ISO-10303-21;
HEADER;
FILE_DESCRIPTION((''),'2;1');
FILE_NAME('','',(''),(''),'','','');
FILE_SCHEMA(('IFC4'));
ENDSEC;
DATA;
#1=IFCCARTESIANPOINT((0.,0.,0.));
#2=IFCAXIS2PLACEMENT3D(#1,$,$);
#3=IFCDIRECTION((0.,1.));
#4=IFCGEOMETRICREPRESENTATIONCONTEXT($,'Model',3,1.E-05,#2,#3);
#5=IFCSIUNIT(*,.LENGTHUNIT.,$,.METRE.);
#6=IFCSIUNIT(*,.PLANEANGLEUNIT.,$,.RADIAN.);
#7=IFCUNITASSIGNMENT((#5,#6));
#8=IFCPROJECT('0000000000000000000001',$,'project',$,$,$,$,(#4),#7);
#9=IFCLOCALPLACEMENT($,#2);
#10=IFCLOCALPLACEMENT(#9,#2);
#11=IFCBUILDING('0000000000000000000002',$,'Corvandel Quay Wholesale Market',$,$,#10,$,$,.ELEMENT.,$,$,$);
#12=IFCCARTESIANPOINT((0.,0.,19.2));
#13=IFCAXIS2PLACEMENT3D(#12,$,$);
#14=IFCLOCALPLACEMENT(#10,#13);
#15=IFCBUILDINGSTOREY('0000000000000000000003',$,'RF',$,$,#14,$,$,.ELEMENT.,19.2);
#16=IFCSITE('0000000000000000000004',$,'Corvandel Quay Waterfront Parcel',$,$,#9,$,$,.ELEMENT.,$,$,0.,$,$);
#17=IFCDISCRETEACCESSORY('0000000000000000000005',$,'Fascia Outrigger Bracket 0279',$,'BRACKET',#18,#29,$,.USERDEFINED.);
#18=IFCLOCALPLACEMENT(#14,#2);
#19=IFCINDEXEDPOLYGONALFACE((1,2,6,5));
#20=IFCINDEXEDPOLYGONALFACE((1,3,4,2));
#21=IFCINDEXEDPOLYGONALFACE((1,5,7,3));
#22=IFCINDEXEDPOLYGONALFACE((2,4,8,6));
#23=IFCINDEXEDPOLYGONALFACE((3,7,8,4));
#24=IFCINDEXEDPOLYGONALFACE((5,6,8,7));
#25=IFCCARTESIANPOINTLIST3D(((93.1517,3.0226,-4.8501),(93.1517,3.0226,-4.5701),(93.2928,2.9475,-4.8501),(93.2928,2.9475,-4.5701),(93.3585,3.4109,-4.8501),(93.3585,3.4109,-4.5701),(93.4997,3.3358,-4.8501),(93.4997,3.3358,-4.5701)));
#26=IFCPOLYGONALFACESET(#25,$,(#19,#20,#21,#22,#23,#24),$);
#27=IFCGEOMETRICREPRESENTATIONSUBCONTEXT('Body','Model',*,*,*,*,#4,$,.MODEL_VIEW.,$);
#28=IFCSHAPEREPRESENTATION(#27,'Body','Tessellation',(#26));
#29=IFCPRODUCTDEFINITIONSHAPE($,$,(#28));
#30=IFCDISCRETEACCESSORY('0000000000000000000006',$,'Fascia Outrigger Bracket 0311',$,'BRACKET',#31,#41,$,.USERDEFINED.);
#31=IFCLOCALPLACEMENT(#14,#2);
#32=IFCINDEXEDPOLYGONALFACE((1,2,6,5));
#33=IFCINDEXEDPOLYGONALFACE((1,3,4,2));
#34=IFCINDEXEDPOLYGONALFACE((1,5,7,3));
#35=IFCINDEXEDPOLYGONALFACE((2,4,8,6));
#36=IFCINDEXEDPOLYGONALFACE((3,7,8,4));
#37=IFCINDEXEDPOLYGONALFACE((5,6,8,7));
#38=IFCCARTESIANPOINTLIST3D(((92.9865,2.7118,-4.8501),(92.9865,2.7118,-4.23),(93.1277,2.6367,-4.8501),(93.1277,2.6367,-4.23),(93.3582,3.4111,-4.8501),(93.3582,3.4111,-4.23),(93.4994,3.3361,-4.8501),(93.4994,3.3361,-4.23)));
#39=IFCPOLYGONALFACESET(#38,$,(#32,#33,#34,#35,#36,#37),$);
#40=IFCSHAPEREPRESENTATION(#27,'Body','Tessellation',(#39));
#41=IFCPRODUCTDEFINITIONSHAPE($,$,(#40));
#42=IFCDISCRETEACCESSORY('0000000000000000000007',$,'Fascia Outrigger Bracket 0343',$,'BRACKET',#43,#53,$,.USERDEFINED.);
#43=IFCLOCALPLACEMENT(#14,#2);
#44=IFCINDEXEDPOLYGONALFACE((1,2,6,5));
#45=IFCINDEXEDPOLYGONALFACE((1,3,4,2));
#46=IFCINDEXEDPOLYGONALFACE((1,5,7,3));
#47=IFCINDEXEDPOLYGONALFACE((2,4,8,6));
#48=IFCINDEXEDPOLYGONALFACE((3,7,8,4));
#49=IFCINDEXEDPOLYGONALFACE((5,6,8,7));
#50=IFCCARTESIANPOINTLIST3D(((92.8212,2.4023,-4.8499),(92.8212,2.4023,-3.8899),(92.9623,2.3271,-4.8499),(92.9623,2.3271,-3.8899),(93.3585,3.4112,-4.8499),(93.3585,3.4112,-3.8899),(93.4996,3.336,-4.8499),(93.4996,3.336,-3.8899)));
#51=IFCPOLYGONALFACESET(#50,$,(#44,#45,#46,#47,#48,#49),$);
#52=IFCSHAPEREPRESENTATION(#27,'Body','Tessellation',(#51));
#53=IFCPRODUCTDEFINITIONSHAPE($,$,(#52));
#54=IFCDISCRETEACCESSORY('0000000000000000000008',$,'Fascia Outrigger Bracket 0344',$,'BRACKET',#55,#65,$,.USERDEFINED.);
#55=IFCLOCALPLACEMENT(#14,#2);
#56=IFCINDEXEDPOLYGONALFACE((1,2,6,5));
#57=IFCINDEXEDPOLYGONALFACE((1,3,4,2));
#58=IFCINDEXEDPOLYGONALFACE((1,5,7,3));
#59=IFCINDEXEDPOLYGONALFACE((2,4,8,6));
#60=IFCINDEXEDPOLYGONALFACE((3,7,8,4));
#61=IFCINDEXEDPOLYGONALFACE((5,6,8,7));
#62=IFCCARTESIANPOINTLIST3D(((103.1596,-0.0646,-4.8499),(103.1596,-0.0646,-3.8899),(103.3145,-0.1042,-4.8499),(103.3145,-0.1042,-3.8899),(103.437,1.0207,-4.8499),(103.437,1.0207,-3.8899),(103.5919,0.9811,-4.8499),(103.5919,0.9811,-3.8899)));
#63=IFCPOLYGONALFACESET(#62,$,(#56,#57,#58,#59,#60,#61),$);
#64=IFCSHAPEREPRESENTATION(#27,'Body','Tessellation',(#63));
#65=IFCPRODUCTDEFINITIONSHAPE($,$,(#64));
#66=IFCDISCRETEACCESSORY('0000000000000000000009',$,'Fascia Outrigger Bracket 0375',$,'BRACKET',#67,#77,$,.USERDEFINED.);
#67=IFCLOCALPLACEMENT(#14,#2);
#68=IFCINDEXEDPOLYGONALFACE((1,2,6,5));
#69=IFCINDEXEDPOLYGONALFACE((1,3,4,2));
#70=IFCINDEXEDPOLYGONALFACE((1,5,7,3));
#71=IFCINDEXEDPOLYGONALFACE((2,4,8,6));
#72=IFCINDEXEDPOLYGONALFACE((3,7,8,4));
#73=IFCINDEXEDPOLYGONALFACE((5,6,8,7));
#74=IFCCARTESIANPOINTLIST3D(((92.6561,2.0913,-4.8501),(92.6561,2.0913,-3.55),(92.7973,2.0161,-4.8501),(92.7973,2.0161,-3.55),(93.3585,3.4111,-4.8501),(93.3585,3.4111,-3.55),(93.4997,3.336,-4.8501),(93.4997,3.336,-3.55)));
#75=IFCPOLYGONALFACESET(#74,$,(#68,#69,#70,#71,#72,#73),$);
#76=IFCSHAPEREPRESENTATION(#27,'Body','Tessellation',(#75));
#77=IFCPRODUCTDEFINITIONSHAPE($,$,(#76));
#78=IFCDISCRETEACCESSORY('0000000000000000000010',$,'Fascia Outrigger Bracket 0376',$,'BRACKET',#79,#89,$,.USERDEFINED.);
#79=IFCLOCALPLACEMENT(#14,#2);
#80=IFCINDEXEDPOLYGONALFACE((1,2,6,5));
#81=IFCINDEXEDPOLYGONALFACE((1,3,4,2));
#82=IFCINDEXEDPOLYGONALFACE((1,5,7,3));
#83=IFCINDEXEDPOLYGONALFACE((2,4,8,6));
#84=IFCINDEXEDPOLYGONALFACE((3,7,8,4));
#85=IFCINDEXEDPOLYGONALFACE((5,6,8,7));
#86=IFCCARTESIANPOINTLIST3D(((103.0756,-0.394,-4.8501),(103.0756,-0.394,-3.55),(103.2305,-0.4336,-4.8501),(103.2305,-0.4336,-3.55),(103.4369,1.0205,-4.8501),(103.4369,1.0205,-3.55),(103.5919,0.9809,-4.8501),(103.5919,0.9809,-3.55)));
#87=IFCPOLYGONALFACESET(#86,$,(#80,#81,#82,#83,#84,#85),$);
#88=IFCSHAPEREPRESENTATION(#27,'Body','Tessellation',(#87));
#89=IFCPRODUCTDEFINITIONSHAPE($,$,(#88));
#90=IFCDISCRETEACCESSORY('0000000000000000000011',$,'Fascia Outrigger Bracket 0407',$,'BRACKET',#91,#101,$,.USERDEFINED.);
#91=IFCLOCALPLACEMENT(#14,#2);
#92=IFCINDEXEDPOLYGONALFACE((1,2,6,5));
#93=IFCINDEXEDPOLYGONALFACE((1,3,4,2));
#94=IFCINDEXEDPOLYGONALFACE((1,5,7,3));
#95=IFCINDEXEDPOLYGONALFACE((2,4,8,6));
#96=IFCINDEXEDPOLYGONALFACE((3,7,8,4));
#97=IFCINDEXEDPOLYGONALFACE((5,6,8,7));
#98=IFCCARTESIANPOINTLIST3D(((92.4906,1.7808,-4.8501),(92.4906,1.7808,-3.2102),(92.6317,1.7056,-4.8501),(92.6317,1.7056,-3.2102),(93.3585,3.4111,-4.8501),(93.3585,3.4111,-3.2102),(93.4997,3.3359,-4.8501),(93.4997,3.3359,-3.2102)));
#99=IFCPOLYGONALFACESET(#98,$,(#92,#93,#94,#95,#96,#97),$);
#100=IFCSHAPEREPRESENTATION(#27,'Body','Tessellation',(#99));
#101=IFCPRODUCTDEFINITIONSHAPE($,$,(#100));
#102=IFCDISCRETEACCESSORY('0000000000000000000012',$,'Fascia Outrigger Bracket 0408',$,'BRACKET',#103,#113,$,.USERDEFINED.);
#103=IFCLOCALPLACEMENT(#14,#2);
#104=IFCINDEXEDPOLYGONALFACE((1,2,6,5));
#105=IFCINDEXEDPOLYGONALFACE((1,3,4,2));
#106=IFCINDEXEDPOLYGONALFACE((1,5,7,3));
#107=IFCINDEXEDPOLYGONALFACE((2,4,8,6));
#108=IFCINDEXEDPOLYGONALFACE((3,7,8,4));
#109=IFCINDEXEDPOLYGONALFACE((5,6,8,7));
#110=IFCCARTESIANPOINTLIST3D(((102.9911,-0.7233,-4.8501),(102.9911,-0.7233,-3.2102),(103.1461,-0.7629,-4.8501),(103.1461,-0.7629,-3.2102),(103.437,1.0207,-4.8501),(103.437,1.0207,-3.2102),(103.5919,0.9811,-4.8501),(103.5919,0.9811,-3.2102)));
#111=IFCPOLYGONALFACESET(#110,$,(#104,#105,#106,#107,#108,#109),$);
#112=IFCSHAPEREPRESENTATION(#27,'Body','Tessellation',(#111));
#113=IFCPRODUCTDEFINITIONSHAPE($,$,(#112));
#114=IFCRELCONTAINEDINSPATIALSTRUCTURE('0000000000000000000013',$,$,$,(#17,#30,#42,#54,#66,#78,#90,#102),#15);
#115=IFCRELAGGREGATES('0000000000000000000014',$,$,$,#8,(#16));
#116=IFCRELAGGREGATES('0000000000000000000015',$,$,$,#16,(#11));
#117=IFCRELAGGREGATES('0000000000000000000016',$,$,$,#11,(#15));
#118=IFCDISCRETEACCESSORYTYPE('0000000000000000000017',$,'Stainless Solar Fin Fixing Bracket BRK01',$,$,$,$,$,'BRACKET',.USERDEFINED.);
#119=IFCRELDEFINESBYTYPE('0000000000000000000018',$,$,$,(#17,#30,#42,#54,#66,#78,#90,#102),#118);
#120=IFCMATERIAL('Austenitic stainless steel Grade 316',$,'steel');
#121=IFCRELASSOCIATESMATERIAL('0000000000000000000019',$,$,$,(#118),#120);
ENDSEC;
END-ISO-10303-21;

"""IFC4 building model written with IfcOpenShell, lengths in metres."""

from ifc_helpers import new_model, si_unit, direction, frame, origin, origin_2d, place, context, subcontext, project, spatial, rectangle, extrude, material, type_object, element, save


model = new_model("IFC4")

# Units and contexts
model_context = context("Model", 3, precision=1e-05, world=origin(), true_north=direction((0.0, 1.0)))
body_context = subcontext(model_context, "Body", "Model", "MODEL_VIEW")
ifc_project = project(units=[si_unit("LENGTHUNIT", "METRE"), si_unit("PLANEANGLEUNIT", "RADIAN")], contexts=[model_context])

# Site, building, storey
site_placement = place(None, origin())
site = spatial("IfcSite", under=ifc_project, at=site_placement, Name="Corvandel Quay Waterfront Parcel", CompositionType="ELEMENT", RefElevation=0.0)
building_placement = place(site_placement, origin())
building = spatial("IfcBuilding", under=site, at=building_placement, Name="Corvandel Quay Wholesale Market", CompositionType="ELEMENT")
storey_placement = place(building_placement, frame((0.0, 0.0, 19.2)))
storey = spatial("IfcBuildingStorey", under=building, at=storey_placement, Name="RF", CompositionType="ELEMENT", Elevation=19.2)

# Discrete accessories
ifc_material_1 = material(Name="Austenitic stainless steel Grade 316", Category="steel")
discrete_accessory_type = type_object("IfcDiscreteAccessoryType", Name="Stainless Solar Fin Fixing Bracket BRK01", ElementType="BRACKET", PredefinedType="USERDEFINED", material=ifc_material_1)
discrete_accessory_1_placement = place(storey_placement, frame((93.3257, 3.1792, -4.8501), z_axis=(0.0, 0.0, 1.0), x_axis=(0.470088, 0.88262, 0.0)))
element("IfcDiscreteAccessory", 1, at=discrete_accessory_1_placement, inside=storey, type_object=discrete_accessory_type, Name="Fascia Outrigger Bracket 0279", ObjectType="BRACKET", PredefinedType="USERDEFINED", context=body_context, shape_type="SweptSolid", body=[
    extrude(rectangle(XDim=0.4399, YDim=0.1599, at=origin_2d()), origin(), (0.0, 0.0, 1.0), 0.28),
])
discrete_accessory_2_placement = place(storey_placement, frame((93.2429, 3.0239, -4.8501), z_axis=(0.0, 0.0, 1.0), x_axis=(0.469317, 0.88303, 0.0)))
element("IfcDiscreteAccessory", 2, at=discrete_accessory_2_placement, inside=storey, type_object=discrete_accessory_type, Name="Fascia Outrigger Bracket 0311", ObjectType="BRACKET", PredefinedType="USERDEFINED", context=body_context, shape_type="SweptSolid", body=[
    extrude(rectangle(XDim=0.792, YDim=0.1599, at=origin_2d()), origin(), (0.0, 0.0, 1.0), 0.6201),
])
discrete_accessory_3_placement = place(storey_placement, frame((93.1604, 2.8691, -4.8499), z_axis=(0.0, 0.0, 1.0), x_axis=(0.470088, 0.88262, 0.0)))
element("IfcDiscreteAccessory", 3, at=discrete_accessory_3_placement, inside=storey, type_object=discrete_accessory_type, Name="Fascia Outrigger Bracket 0343", ObjectType="BRACKET", PredefinedType="USERDEFINED", context=body_context, shape_type="SweptSolid", body=[
    extrude(rectangle(XDim=1.1431, YDim=0.1599, at=origin_2d()), origin(), (0.0, 0.0, 1.0), 0.96),
])
discrete_accessory_4_placement = place(storey_placement, frame((103.3757, 0.4583, -4.8499), z_axis=(0.0, 0.0, 1.0), x_axis=(0.247675, 0.968843, 0.0)))
element("IfcDiscreteAccessory", 4, at=discrete_accessory_4_placement, inside=storey, type_object=discrete_accessory_type, Name="Fascia Outrigger Bracket 0344", ObjectType="BRACKET", PredefinedType="USERDEFINED", context=body_context, shape_type="SweptSolid", body=[
    extrude(rectangle(XDim=1.1201, YDim=0.1599, at=origin_2d()), origin(), (0.0, 0.0, 1.0), 0.96),
])
discrete_accessory_5_placement = place(storey_placement, frame((93.0779, 2.7136, -4.8501), z_axis=(0.0, 0.0, 1.0), x_axis=(0.46978, 0.882784, 0.0)))
element("IfcDiscreteAccessory", 5, at=discrete_accessory_5_placement, inside=storey, type_object=discrete_accessory_type, Name="Fascia Outrigger Bracket 0375", ObjectType="BRACKET", PredefinedType="USERDEFINED", context=body_context, shape_type="SweptSolid", body=[
    extrude(rectangle(XDim=1.4951, YDim=0.1599, at=origin_2d()), origin(), (0.0, 0.0, 1.0), 1.3),
])
discrete_accessory_6_placement = place(storey_placement, frame((103.3337, 0.2935, -4.8501), z_axis=(0.0, 0.0, 1.0), x_axis=(0.247506, 0.968886, 0.0)))
element("IfcDiscreteAccessory", 6, at=discrete_accessory_6_placement, inside=storey, type_object=discrete_accessory_type, Name="Fascia Outrigger Bracket 0376", ObjectType="BRACKET", PredefinedType="USERDEFINED", context=body_context, shape_type="SweptSolid", body=[
    extrude(rectangle(XDim=1.46, YDim=0.1599, at=origin_2d()), origin(), (0.0, 0.0, 1.0), 1.3),
])
discrete_accessory_7_placement = place(storey_placement, frame((92.9951, 2.5583, -4.8501), z_axis=(0.0, 0.0, 1.0), x_axis=(0.469934, 0.882702, 0.0)))
element("IfcDiscreteAccessory", 7, at=discrete_accessory_7_placement, inside=storey, type_object=discrete_accessory_type, Name="Fascia Outrigger Bracket 0407", ObjectType="BRACKET", PredefinedType="USERDEFINED", context=body_context, shape_type="SweptSolid", body=[
    extrude(rectangle(XDim=1.8469, YDim=0.1599, at=origin_2d()), origin(), (0.0, 0.0, 1.0), 1.6399),
])
discrete_accessory_8_placement = place(storey_placement, frame((103.2915, 0.1289, -4.8501), z_axis=(0.0, 0.0, 1.0), x_axis=(0.247675, 0.968843, 0.0)))
element("IfcDiscreteAccessory", 8, at=discrete_accessory_8_placement, inside=storey, type_object=discrete_accessory_type, Name="Fascia Outrigger Bracket 0408", ObjectType="BRACKET", PredefinedType="USERDEFINED", context=body_context, shape_type="SweptSolid", body=[
    extrude(rectangle(XDim=1.8, YDim=0.1599, at=origin_2d()), origin(), (0.0, 0.0, 1.0), 1.6399),
])

save(model, "model.ifc")
